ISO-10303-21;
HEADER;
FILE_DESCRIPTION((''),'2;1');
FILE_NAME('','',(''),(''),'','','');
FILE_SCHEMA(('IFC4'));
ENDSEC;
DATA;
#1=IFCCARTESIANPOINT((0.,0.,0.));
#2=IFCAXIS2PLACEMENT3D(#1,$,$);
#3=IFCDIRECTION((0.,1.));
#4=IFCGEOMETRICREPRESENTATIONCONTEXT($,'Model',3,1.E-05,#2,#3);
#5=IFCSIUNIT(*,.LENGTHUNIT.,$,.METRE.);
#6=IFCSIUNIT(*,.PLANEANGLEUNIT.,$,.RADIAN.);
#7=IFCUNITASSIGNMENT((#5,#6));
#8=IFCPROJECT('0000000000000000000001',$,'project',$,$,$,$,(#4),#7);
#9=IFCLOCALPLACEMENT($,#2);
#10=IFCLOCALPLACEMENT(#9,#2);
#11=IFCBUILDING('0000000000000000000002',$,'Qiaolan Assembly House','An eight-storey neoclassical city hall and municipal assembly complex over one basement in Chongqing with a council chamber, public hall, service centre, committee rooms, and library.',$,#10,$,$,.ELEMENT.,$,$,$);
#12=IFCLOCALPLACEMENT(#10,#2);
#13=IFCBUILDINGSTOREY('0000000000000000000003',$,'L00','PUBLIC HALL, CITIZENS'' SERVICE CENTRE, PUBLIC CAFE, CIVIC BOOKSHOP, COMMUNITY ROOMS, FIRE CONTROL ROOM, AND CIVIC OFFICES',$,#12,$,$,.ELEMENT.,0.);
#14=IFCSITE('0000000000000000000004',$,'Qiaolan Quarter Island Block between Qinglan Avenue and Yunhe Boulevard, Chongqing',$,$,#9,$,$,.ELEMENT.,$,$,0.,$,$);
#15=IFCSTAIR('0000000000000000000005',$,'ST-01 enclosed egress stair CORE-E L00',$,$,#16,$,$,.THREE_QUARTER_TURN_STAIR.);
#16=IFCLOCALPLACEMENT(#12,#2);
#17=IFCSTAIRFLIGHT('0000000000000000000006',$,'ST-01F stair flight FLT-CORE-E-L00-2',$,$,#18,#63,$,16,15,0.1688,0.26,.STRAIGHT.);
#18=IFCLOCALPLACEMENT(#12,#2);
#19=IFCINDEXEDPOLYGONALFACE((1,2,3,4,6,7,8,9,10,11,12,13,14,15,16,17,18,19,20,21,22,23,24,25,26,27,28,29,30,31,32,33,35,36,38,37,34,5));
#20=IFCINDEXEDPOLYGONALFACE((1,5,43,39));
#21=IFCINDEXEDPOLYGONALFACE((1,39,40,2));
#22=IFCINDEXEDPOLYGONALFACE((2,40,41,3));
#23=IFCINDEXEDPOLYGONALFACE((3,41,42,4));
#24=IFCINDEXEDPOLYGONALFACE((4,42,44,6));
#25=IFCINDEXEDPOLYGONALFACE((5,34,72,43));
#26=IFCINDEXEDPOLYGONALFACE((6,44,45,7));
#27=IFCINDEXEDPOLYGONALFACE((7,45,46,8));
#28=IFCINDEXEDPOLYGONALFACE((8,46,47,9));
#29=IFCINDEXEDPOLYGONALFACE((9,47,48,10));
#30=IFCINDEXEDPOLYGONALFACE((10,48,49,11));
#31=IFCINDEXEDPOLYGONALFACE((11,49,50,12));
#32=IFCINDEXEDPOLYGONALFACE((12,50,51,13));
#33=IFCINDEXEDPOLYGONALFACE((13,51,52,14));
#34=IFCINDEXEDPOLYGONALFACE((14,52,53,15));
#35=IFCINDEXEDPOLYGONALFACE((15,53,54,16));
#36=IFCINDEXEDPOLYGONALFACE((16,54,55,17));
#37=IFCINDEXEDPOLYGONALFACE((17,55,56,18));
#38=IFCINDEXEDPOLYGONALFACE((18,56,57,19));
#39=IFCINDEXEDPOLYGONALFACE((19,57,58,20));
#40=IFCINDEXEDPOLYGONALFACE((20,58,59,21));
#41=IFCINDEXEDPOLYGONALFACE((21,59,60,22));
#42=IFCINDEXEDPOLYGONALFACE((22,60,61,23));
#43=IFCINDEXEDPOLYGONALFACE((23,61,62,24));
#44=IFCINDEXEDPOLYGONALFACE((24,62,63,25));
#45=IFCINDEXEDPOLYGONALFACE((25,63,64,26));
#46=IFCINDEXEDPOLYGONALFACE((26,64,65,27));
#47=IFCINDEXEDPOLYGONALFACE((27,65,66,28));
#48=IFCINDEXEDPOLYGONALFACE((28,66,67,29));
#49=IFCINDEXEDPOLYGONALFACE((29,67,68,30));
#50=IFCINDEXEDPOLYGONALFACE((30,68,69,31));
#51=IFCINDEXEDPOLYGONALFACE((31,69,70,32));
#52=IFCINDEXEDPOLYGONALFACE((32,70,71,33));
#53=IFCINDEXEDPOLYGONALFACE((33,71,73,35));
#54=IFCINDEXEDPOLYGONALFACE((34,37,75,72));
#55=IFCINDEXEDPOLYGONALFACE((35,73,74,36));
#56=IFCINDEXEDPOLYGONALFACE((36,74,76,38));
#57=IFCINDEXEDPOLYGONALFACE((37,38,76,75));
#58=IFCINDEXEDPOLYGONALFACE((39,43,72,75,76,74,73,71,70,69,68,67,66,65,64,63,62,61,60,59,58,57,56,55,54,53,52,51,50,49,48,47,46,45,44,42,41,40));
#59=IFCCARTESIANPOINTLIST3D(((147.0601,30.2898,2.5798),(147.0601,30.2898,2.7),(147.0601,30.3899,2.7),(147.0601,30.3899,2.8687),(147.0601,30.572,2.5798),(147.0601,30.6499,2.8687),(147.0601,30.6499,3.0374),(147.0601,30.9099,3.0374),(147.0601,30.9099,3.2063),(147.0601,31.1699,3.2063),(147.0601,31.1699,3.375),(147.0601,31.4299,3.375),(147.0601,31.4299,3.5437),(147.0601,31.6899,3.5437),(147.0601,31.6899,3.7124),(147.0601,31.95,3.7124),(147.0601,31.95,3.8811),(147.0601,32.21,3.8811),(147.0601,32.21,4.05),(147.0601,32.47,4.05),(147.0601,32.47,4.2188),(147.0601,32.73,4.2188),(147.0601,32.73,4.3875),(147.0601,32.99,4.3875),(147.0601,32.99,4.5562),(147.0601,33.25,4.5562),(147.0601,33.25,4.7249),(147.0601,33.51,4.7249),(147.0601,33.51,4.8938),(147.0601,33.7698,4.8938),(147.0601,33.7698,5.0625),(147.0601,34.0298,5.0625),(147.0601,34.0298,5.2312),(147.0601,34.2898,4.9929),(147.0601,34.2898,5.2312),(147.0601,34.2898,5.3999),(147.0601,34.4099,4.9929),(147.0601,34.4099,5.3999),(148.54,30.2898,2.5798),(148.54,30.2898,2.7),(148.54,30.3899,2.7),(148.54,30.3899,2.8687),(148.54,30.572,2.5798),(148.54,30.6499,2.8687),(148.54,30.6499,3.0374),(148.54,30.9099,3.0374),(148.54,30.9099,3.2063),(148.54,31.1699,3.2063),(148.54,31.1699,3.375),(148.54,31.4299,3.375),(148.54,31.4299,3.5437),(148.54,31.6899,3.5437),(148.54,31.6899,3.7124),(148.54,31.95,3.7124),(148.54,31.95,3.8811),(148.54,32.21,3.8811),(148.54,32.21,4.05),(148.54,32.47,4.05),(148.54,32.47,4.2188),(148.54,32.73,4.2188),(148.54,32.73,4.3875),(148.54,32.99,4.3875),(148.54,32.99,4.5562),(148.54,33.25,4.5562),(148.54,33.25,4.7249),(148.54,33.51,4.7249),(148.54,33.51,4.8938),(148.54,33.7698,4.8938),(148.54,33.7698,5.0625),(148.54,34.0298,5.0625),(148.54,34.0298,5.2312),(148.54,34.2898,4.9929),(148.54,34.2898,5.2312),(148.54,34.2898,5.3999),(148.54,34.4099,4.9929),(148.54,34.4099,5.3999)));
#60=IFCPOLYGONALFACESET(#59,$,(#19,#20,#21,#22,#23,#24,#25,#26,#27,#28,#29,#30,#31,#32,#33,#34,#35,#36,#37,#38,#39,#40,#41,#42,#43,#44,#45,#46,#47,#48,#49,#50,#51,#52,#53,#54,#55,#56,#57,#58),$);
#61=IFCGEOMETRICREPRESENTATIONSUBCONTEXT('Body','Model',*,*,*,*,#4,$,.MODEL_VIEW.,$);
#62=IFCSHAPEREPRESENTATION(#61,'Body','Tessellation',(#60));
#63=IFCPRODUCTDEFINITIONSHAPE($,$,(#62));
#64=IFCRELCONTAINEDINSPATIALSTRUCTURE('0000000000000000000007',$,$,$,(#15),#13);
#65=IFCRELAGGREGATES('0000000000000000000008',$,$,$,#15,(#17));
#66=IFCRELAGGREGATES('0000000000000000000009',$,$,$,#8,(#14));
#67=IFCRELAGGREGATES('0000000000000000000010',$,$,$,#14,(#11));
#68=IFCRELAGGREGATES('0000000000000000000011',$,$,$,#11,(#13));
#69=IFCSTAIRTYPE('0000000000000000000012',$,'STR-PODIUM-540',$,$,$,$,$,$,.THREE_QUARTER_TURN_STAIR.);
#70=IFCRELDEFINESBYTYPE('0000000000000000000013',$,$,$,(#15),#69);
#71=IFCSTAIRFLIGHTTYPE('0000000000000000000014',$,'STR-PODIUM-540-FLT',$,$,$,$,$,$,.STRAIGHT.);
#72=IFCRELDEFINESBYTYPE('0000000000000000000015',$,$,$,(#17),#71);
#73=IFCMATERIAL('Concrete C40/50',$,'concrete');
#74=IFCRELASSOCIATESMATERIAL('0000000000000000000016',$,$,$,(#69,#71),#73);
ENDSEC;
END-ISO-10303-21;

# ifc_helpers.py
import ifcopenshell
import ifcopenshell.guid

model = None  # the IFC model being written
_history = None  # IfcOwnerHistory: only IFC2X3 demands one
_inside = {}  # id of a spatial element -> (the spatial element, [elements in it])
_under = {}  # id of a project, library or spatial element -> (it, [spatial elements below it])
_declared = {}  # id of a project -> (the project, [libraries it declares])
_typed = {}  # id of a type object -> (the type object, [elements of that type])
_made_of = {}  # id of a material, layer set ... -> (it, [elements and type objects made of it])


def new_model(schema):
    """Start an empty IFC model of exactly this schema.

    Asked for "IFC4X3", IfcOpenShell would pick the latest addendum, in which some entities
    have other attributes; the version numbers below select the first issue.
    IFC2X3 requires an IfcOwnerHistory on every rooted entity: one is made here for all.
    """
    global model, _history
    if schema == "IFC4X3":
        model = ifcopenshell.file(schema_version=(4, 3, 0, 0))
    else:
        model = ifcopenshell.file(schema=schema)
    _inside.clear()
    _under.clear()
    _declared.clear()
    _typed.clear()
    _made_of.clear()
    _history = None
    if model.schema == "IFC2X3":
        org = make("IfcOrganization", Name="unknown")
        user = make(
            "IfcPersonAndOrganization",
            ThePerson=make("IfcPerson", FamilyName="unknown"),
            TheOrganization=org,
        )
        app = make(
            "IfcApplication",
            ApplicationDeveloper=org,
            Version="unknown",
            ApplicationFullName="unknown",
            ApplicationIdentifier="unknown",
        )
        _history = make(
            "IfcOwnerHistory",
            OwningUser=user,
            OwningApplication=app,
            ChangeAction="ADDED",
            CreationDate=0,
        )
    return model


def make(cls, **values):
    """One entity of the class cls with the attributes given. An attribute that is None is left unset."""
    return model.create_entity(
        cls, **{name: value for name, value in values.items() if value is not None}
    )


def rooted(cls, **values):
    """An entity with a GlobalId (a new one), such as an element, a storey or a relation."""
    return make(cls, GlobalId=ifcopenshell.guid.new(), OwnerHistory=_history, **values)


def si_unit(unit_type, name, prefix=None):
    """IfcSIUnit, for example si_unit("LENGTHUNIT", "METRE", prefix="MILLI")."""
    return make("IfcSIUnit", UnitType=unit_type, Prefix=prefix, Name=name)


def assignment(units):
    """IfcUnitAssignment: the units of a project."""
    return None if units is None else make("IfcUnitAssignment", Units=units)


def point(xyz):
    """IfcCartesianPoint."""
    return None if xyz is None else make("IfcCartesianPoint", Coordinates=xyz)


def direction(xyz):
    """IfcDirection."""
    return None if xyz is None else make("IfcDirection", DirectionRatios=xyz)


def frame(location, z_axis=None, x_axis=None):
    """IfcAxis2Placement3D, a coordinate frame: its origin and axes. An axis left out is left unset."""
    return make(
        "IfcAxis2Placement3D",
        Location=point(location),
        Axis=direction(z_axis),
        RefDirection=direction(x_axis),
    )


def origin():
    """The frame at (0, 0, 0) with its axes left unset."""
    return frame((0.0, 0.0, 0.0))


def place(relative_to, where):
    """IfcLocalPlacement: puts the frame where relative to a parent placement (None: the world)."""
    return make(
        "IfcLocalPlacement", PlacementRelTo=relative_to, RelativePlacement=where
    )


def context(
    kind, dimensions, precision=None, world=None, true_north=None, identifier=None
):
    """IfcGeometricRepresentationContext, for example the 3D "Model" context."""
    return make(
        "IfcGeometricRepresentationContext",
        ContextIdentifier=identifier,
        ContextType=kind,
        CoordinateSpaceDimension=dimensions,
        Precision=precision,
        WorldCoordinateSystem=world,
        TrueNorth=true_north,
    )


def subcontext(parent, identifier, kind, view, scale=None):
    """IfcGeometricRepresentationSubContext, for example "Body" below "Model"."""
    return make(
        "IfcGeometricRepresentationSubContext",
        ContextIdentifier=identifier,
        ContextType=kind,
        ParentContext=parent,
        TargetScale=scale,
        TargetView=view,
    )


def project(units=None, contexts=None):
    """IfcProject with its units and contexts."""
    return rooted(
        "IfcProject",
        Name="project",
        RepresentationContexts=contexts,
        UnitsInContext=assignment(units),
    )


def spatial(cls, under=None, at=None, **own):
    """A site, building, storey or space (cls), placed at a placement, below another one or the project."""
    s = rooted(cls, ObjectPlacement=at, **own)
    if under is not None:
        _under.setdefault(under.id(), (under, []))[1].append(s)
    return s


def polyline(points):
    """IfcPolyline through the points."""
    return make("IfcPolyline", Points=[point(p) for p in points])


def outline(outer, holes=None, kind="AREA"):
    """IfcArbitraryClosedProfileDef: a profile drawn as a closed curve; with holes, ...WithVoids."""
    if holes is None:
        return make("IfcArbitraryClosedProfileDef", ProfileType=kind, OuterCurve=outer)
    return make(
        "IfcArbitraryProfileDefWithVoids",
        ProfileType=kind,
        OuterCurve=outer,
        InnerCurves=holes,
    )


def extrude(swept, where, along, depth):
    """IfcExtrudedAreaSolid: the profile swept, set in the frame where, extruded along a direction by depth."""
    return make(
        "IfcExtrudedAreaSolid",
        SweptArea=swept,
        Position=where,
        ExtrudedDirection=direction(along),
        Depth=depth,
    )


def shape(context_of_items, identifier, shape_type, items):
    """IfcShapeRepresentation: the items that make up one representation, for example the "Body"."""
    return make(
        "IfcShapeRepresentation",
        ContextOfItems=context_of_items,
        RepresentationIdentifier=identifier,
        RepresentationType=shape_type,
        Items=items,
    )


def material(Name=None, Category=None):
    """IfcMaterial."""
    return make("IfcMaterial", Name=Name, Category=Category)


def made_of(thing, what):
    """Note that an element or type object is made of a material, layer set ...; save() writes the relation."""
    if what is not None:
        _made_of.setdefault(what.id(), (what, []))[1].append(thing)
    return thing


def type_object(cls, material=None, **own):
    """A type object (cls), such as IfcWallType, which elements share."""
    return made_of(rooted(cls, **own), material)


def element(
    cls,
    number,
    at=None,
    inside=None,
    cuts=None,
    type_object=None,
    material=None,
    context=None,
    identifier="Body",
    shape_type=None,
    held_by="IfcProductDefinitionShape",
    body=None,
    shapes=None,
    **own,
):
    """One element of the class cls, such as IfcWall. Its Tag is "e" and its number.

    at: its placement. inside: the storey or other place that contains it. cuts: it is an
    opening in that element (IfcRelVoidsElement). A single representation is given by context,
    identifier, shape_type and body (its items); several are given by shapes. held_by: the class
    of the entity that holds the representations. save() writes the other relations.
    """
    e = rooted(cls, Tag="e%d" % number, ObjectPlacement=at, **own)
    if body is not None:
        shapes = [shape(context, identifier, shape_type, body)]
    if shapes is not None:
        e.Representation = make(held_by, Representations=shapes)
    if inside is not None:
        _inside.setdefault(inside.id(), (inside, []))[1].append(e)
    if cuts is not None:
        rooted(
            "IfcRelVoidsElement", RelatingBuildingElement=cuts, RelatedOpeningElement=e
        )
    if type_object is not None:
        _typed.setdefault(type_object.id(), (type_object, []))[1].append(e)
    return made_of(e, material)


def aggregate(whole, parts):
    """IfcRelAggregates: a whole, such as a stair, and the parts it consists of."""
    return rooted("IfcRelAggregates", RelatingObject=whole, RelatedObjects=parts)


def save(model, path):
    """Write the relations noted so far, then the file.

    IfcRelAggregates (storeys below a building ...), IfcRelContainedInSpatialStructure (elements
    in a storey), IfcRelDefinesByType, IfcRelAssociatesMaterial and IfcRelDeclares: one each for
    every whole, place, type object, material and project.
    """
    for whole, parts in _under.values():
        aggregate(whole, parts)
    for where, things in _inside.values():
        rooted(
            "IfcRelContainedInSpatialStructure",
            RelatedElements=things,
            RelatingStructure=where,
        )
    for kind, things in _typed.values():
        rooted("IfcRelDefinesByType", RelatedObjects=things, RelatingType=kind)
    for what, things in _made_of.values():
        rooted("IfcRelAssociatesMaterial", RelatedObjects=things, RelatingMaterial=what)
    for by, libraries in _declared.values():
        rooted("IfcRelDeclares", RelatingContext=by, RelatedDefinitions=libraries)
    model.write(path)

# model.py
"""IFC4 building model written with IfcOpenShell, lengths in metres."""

from ifc_helpers import new_model, si_unit, direction, frame, origin, place, context, subcontext, project, spatial, polyline, outline, extrude, material, type_object, element, aggregate, save


model = new_model("IFC4")

# Units and contexts
model_context = context("Model", 3, precision=1e-05, world=origin(), true_north=direction((0.0, 1.0)))
body_context = subcontext(model_context, "Body", "Model", "MODEL_VIEW")
ifc_project = project(units=[si_unit("LENGTHUNIT", "METRE"), si_unit("PLANEANGLEUNIT", "RADIAN")], contexts=[model_context])

# Site, building, storey
site_placement = place(None, origin())
site = spatial("IfcSite", under=ifc_project, at=site_placement, Name="Qiaolan Quarter Island Block between Qinglan Avenue and Yunhe Boulevard, Chongqing", CompositionType="ELEMENT", RefElevation=0.0)
building_placement = place(site_placement, origin())
building = spatial("IfcBuilding", under=site, at=building_placement, Name="Qiaolan Assembly House", Description="An eight-storey neoclassical city hall and municipal assembly complex over one basement in Chongqing with a council chamber, public hall, service centre, committee rooms, and library.", CompositionType="ELEMENT")
storey_placement = place(building_placement, origin())
storey = spatial("IfcBuildingStorey", under=building, at=storey_placement, Name="L00", Description="PUBLIC HALL, CITIZENS' SERVICE CENTRE, PUBLIC CAFE, CIVIC BOOKSHOP, COMMUNITY ROOMS, FIRE CONTROL ROOM, AND CIVIC OFFICES", CompositionType="ELEMENT", Elevation=0.0)

# Shared definitions
ifc_material_1 = material(Name="Concrete C40/50", Category="concrete")

# Stair, stair flight
stair_type = type_object("IfcStairType", Name="STR-PODIUM-540", PredefinedType="THREE_QUARTER_TURN_STAIR", material=ifc_material_1)
stair_placement = place(storey_placement, origin())
stair = element("IfcStair", 1, at=stair_placement, inside=storey, type_object=stair_type, Name="ST-01 enclosed egress stair CORE-E L00", PredefinedType="THREE_QUARTER_TURN_STAIR")
stair_flight_type = type_object("IfcStairFlightType", Name="STR-PODIUM-540-FLT", PredefinedType="STRAIGHT", material=ifc_material_1)
stair_flight_1_placement = place(storey_placement, frame((147.8, 30.3899, 2.7), z_axis=(0.0, 0.0, 1.0), x_axis=(0.0, 1.0, 0.0)))
stair_flight_1 = element("IfcStairFlight", 2, at=stair_flight_1_placement, type_object=stair_flight_type, Name="ST-01F stair flight FLT-CORE-E-L00-2", NumberOfRisers=16, NumberOfTreads=15, PredefinedType="STRAIGHT", RiserHeight=0.1688, TreadLength=0.26, context=body_context, shape_type="SweptSolid", body=[
    extrude(outline(polyline([(-0.1001, -0.1201), (-0.1001, 0.0), (0.0, 0.0), (0.0, 0.1687), (0.26, 0.1687), (0.26, 0.3374), (0.52, 0.3374), (0.52, 0.5063), (0.78, 0.5063), (0.78, 0.675), (1.04, 0.675), (1.04, 0.8438), (1.3, 0.8438), (1.3, 1.0125), (1.5601, 1.0125), (1.5601, 1.1812), (1.8201, 1.1812), (1.8201, 1.3501), (2.0801, 1.3501), (2.0801, 1.5188), (2.3401, 1.5188), (2.3401, 1.6875), (2.6001, 1.6875), (2.6001, 1.8562), (2.8601, 1.8562), (2.8601, 2.0249), (3.1201, 2.0249), (3.1201, 2.1938), (3.3799, 2.1938), (3.3799, 2.3625), (3.6399, 2.3625), (3.6399, 2.5312), (3.8999, 2.5312), (3.8999, 2.7), (4.02, 2.7), (4.02, 2.293), (3.8999, 2.293), (0.1821, -0.1201), (-0.1001, -0.1201)])), frame((0.0, 0.74, 0.0), z_axis=(0.0, -1.0, 0.0), x_axis=(1.0, 0.0, 0.0)), (0.0, 0.0, 1.0), 1.48),
])
aggregate(stair, [stair_flight_1])

save(model, "model.ifc")
